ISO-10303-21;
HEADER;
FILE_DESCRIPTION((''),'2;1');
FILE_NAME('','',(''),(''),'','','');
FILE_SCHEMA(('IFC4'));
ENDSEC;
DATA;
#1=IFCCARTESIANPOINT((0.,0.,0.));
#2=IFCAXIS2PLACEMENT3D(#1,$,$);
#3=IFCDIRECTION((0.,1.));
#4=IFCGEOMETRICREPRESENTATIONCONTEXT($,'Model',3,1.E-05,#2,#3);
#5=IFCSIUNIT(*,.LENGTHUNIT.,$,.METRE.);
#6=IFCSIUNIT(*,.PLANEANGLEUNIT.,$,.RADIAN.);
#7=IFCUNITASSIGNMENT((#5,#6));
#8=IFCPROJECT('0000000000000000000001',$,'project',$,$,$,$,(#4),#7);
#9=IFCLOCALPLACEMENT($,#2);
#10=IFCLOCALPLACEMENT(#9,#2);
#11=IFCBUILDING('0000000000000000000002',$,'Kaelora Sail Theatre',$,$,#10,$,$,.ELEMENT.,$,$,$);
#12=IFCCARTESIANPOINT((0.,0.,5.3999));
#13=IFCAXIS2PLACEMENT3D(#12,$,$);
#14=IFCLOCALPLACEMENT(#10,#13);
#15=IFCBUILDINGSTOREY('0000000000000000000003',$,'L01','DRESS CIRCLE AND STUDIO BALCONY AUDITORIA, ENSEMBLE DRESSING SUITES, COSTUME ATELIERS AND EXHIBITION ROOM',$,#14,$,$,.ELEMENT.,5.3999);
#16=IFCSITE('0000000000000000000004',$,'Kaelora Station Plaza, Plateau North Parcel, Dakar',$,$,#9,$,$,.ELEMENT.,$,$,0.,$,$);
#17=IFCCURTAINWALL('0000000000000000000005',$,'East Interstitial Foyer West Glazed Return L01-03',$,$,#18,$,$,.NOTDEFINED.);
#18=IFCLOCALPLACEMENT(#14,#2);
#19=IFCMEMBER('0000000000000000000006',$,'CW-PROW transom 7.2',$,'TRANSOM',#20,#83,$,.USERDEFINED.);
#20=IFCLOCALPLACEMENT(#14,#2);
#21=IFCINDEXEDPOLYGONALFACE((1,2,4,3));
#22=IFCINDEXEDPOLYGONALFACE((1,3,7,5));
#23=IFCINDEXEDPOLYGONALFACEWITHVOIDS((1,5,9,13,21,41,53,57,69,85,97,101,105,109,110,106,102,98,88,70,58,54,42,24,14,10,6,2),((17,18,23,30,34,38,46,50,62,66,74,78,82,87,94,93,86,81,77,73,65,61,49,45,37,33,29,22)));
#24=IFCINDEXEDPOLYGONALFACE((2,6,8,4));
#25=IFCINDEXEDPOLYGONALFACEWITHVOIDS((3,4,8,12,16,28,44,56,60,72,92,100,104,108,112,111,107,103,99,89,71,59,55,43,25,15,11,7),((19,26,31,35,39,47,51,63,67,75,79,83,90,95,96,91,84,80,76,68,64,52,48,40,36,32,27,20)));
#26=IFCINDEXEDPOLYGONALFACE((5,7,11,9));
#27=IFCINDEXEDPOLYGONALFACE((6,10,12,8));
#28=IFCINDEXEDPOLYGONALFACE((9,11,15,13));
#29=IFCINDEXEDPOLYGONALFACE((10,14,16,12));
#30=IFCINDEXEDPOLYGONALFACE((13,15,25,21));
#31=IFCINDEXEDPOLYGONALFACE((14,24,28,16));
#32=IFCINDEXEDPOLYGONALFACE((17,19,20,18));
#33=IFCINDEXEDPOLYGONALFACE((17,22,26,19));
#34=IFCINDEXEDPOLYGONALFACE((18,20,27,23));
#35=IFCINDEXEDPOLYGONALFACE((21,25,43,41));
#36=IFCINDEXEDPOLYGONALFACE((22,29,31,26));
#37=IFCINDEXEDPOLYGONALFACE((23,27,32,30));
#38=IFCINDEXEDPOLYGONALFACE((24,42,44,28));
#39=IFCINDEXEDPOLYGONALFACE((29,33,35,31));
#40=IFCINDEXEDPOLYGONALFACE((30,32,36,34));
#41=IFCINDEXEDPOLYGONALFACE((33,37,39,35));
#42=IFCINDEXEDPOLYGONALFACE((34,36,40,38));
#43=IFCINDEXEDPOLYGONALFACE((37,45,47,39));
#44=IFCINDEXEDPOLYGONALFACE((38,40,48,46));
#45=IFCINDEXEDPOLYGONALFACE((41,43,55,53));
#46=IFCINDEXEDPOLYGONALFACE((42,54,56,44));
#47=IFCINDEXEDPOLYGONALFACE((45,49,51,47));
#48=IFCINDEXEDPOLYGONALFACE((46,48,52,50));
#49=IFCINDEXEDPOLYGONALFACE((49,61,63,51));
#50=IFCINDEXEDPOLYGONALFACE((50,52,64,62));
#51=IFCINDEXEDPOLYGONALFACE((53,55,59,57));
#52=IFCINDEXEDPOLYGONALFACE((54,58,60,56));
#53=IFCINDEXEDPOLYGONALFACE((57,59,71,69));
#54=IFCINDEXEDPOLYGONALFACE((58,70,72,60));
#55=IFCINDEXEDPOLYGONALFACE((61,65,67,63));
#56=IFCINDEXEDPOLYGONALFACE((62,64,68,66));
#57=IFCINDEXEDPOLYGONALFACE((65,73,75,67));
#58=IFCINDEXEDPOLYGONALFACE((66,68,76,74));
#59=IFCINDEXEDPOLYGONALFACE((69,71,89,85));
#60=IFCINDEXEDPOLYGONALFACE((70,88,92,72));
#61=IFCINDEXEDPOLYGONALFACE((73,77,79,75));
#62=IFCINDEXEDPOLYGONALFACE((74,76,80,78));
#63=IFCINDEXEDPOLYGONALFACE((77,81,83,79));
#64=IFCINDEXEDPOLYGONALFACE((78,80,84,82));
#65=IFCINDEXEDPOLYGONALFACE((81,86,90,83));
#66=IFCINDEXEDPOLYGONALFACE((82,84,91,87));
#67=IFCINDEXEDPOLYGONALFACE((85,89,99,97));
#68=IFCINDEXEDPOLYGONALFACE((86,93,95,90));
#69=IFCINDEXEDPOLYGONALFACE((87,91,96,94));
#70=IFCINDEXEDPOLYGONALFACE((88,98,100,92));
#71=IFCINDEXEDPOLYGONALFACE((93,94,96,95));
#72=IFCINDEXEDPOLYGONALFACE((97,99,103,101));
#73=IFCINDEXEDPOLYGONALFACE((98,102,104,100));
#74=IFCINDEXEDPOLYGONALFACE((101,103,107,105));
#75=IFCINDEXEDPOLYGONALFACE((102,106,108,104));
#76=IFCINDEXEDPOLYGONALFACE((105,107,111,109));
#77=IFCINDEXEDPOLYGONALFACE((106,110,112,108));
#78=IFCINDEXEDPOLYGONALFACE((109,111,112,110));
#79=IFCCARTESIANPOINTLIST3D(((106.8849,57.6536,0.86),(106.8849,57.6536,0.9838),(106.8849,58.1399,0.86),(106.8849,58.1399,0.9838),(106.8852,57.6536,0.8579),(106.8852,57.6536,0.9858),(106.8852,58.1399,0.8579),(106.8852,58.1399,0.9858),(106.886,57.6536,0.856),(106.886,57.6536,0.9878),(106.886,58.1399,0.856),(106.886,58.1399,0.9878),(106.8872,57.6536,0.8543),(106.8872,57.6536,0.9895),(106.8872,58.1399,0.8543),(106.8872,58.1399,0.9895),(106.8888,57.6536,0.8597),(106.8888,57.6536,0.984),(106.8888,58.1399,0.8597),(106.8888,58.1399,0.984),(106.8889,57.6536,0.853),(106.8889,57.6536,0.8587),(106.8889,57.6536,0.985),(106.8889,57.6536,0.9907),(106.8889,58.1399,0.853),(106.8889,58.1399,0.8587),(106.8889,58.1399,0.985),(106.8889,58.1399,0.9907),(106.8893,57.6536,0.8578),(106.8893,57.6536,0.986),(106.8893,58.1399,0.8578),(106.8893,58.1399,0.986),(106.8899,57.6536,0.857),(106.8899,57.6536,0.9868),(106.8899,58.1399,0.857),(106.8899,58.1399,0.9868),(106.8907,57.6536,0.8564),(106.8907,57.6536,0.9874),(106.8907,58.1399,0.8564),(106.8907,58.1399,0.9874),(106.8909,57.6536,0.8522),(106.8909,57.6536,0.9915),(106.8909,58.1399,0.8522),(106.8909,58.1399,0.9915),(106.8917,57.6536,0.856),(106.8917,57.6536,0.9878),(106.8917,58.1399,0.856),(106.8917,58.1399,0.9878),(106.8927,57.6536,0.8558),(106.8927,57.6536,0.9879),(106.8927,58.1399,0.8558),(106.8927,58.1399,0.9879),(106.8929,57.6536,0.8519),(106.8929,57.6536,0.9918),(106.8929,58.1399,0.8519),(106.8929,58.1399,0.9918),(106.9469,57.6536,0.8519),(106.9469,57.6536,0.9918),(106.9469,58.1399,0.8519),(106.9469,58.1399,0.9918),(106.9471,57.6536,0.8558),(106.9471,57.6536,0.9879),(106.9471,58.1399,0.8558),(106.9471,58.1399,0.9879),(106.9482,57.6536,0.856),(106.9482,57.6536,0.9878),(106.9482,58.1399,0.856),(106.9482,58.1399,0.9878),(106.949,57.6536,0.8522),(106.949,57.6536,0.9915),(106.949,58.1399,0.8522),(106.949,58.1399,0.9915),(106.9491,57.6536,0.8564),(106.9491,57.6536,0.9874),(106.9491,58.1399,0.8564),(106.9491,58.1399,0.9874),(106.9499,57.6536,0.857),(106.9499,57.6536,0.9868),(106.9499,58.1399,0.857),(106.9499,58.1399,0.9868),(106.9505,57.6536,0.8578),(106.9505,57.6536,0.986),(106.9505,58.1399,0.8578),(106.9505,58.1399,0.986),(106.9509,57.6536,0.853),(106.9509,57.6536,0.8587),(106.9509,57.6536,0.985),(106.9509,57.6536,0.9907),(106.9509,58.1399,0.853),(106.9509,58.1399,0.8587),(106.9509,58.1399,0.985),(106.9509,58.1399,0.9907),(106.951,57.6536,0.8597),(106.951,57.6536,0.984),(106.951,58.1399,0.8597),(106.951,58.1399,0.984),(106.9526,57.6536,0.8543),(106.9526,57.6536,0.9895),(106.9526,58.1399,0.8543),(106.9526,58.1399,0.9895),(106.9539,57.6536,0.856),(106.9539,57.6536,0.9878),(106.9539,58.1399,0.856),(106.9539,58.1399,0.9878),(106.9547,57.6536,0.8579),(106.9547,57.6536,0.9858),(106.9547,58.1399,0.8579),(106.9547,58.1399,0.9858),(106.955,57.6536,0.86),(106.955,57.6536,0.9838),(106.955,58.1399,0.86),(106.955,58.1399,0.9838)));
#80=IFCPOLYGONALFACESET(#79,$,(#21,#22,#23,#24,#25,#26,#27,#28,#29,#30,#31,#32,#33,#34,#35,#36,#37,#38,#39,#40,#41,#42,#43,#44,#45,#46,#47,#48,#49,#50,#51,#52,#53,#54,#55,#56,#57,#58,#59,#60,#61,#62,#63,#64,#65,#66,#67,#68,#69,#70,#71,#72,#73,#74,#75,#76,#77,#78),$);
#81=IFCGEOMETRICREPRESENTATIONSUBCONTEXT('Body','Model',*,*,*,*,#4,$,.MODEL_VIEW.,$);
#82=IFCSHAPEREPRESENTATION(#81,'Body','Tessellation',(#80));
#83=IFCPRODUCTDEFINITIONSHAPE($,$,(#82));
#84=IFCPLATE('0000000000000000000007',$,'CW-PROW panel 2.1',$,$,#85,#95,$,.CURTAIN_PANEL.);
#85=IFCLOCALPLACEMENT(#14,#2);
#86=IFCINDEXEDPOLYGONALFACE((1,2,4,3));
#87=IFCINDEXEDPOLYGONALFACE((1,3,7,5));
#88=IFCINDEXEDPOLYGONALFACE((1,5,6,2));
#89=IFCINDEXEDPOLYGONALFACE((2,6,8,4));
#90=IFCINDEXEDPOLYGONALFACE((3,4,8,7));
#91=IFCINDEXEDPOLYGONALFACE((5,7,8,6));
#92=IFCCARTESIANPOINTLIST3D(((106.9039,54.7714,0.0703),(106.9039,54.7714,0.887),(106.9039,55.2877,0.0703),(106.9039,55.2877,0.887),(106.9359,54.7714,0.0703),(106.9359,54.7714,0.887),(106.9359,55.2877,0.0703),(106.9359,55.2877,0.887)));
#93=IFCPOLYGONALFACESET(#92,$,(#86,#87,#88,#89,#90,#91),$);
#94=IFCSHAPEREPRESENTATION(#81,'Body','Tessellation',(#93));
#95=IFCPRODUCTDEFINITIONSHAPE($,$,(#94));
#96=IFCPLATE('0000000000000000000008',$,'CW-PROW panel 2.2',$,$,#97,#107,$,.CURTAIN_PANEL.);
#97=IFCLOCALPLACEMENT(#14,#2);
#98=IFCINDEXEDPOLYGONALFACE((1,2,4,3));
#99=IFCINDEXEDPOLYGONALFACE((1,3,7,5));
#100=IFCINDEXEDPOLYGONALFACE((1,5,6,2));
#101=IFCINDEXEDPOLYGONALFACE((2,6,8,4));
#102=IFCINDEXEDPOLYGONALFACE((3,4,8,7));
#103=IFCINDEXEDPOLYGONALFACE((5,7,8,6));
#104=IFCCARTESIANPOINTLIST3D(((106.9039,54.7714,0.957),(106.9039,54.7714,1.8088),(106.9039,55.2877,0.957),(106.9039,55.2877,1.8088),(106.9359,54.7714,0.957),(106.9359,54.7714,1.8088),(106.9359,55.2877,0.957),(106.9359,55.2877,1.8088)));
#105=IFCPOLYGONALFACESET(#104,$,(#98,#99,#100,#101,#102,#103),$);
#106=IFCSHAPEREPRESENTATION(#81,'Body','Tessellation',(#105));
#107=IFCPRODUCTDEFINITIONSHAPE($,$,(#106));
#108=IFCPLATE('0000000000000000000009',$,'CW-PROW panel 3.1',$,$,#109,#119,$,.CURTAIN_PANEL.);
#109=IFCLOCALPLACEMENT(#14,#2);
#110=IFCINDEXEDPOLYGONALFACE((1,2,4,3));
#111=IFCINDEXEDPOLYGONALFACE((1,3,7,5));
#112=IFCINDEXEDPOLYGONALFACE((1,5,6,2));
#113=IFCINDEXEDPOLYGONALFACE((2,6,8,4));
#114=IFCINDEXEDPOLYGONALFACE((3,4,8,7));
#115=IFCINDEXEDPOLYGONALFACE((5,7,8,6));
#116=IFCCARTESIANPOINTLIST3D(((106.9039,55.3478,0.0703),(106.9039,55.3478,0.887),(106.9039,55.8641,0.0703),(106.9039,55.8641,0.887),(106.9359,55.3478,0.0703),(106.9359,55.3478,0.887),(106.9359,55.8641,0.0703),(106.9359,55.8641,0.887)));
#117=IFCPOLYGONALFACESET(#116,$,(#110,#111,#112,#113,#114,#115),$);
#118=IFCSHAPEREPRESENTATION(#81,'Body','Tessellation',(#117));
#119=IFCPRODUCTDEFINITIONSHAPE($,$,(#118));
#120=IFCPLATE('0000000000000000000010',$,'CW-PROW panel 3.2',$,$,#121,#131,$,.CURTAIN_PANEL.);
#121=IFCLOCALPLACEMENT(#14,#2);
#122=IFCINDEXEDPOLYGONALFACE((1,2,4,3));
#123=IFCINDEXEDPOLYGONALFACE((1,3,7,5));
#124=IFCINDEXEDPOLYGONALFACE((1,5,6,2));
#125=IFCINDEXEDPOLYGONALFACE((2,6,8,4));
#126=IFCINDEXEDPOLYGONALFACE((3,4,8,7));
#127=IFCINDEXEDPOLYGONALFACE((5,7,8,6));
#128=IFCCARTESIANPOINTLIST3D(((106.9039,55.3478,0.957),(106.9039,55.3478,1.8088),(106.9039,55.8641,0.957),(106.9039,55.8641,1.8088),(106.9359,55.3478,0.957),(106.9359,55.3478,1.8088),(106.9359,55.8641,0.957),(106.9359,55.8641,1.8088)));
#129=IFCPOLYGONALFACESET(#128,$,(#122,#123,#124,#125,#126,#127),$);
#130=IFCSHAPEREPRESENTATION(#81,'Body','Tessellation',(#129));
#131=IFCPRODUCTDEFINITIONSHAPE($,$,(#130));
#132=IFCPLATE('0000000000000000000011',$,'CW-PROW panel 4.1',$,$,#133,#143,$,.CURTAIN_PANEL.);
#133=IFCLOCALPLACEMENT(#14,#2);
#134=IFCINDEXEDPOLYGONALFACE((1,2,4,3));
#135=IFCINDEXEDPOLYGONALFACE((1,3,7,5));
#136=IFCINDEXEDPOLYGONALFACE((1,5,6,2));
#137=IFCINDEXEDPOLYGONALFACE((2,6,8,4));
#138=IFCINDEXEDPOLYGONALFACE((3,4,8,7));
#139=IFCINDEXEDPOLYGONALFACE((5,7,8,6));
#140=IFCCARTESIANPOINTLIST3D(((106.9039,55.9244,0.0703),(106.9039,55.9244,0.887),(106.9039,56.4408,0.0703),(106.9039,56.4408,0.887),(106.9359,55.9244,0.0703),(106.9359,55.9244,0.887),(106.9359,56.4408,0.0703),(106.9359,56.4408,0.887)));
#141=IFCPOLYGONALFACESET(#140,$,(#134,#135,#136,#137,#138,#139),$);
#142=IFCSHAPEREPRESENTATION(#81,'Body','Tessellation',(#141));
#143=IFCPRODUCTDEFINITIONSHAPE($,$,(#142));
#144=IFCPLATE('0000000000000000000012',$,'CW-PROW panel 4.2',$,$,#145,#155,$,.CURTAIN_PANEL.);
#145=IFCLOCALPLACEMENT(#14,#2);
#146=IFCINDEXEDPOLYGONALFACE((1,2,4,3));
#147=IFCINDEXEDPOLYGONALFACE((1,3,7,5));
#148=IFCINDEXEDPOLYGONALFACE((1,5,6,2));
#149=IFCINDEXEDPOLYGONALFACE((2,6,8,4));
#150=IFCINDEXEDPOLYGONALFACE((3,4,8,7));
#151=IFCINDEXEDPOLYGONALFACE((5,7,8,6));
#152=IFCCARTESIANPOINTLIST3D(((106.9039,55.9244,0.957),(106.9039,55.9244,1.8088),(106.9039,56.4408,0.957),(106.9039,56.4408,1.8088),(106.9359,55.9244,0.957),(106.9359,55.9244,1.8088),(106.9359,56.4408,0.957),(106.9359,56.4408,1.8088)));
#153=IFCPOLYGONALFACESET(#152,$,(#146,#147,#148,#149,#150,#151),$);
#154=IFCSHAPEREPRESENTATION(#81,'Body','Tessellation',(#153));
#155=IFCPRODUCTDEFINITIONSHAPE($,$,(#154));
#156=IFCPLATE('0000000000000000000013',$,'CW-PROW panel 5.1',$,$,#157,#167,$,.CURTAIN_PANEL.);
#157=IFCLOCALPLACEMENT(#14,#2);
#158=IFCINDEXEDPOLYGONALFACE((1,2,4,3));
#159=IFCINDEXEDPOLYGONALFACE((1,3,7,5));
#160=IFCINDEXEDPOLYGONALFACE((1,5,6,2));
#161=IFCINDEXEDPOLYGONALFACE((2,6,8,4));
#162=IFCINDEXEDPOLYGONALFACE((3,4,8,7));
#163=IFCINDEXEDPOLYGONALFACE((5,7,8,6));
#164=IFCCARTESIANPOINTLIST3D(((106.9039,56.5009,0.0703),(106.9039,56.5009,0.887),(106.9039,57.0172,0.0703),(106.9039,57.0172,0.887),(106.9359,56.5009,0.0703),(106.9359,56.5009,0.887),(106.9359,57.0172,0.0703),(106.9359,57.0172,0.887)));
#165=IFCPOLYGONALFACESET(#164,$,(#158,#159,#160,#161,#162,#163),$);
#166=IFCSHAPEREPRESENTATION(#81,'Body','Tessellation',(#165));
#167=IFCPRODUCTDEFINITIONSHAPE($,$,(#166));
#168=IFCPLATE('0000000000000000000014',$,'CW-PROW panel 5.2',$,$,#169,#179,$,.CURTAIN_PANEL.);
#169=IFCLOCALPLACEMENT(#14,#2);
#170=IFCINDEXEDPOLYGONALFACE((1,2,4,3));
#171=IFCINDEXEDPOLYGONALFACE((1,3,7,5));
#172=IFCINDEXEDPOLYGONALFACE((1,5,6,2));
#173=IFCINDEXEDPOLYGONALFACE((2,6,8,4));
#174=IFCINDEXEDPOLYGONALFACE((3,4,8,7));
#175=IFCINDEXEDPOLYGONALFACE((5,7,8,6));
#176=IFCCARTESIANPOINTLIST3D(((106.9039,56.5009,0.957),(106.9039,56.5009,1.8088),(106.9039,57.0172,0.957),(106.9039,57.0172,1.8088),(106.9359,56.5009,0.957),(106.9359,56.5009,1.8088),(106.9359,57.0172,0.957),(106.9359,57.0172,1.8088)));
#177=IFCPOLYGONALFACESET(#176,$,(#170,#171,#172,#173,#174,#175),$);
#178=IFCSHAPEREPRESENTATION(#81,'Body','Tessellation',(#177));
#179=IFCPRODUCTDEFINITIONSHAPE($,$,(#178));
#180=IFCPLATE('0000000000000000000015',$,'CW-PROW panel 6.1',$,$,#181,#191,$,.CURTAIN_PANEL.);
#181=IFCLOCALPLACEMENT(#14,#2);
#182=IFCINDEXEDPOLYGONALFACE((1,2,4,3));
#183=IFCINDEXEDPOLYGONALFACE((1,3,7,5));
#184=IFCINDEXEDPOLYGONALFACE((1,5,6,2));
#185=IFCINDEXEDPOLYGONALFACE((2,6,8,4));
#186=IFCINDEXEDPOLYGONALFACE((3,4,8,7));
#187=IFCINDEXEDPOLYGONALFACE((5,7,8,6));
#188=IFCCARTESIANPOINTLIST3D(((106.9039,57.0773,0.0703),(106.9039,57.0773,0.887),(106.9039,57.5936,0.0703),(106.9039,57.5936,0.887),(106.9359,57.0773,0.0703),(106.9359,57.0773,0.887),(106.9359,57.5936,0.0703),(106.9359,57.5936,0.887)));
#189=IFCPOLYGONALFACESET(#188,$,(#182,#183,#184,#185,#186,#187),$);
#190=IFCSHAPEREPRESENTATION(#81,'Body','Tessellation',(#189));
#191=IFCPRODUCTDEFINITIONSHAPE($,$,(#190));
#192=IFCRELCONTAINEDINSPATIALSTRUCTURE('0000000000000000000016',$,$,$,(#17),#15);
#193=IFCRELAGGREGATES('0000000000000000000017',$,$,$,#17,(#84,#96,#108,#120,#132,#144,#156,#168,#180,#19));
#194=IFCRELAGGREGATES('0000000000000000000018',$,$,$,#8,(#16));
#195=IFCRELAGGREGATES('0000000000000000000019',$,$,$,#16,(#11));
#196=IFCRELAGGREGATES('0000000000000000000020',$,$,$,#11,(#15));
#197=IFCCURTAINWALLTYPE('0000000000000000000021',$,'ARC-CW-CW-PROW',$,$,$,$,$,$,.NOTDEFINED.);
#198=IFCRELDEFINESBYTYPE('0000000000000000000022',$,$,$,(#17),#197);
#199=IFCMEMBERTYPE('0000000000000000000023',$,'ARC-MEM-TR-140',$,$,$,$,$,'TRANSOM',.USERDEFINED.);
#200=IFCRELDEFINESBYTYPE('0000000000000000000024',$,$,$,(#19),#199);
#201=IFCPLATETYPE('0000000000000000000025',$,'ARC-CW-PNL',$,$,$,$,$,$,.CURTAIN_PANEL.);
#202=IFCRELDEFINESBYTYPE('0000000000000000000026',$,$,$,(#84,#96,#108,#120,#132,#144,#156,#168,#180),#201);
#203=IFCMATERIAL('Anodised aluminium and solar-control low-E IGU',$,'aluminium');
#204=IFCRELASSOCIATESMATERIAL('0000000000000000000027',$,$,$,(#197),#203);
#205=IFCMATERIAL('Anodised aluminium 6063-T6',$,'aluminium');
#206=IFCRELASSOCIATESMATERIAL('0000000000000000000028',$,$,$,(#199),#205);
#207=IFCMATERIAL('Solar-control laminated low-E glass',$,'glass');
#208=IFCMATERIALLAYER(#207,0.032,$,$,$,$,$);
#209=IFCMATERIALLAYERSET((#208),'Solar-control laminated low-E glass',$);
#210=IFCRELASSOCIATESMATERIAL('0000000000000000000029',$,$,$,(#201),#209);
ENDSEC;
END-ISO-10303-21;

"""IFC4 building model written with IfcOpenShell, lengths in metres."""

from ifc_helpers import new_model, si_unit, direction, frame, origin, origin_2d, place, context, subcontext, project, spatial, rectangle, hollow_rectangle, extrude, material, layer, layer_set, material_profile, profile_set, type_object, element, aggregate, save


model = new_model("IFC4")

# Units and contexts
model_context = context("Model", 3, precision=1e-05, world=origin(), true_north=direction((0.0, 1.0)))
body_context = subcontext(model_context, "Body", "Model", "MODEL_VIEW")
ifc_project = project(units=[si_unit("LENGTHUNIT", "METRE"), si_unit("PLANEANGLEUNIT", "RADIAN")], contexts=[model_context])

# Site, building, storey
site_placement = place(None, origin())
site = spatial("IfcSite", under=ifc_project, at=site_placement, Name="Kaelora Station Plaza, Plateau North Parcel, Dakar", CompositionType="ELEMENT", RefElevation=0.0)
building_placement = place(site_placement, origin())
building = spatial("IfcBuilding", under=site, at=building_placement, Name="Kaelora Sail Theatre", CompositionType="ELEMENT")
storey_placement = place(building_placement, frame((0.0, 0.0, 5.3999)))
storey = spatial("IfcBuildingStorey", under=building, at=storey_placement, Name="L01", Description="DRESS CIRCLE AND STUDIO BALCONY AUDITORIA, ENSEMBLE DRESSING SUITES, COSTUME ATELIERS AND EXHIBITION ROOM", CompositionType="ELEMENT", Elevation=5.3999)

# Curtain wall, member, plates
ifc_material_1 = material(Name="Anodised aluminium and solar-control low-E IGU", Category="aluminium")
curtain_wall_type = type_object("IfcCurtainWallType", Name="ARC-CW-CW-PROW", PredefinedType="NOTDEFINED", material=ifc_material_1)
curtain_wall_placement = place(storey_placement, origin())
curtain_wall = element("IfcCurtainWall", 1, at=curtain_wall_placement, inside=storey, type_object=curtain_wall_type, Name="East Interstitial Foyer West Glazed Return L01-03", PredefinedType="NOTDEFINED")
ifc_material_2 = material(Name="Anodised aluminium 6063-T6", Category="aluminium")
ifc_material_profile_1 = material_profile(ifc_material_2, hollow_rectangle(XDim=0.0701, YDim=0.1399, WallThickness=0.0039, InnerFilletRadius=0.0039, OuterFilletRadius=0.0081, at=origin_2d()), Name="ALU-TRAN 70x140x4")
ifc_profile_set_1 = profile_set([ifc_material_profile_1], Name="Anodised aluminium 6063-T6")
member_type_1 = type_object("IfcMemberType", Name="ARC-MEM-TR-140", ElementType="TRANSOM", PredefinedType="USERDEFINED", material=ifc_profile_set_1)
member_1_placement = place(storey_placement, frame((106.9199, 57.6536, 0.9219), z_axis=(0.0, 1.0, 0.0), x_axis=(-1.0, 0.0, 0.0)))
member_1 = element("IfcMember", 2, at=member_1_placement, type_object=member_type_1, Name="CW-PROW transom 7.2", ObjectType="TRANSOM", PredefinedType="USERDEFINED", context=body_context, shape_type="SweptSolid", body=[
    extrude(hollow_rectangle(XDim=0.0701, YDim=0.1399, WallThickness=0.0039, InnerFilletRadius=0.0039, OuterFilletRadius=0.0081, at=origin_2d()), origin(), (0.0, 0.0, 1.0), 0.4863),
])
ifc_material_3 = material(Name="Solar-control laminated low-E glass", Category="glass")
ifc_layer = layer(ifc_material_3, 0.032)
ifc_layer_set = layer_set([ifc_layer], Name="Solar-control laminated low-E glass")
plate_type = type_object("IfcPlateType", Name="ARC-CW-PNL", PredefinedType="CURTAIN_PANEL", material=ifc_layer_set)
plate_1_placement = place(storey_placement, frame((106.9199, 55.0295, 0.0703), z_axis=(0.0, 0.0, 1.0), x_axis=(0.0, 1.0, 0.0)))
plate_1 = element("IfcPlate", 3, at=plate_1_placement, type_object=plate_type, Name="CW-PROW panel 2.1", PredefinedType="CURTAIN_PANEL", context=body_context, shape_type="SweptSolid", body=[
    extrude(rectangle(XDim=0.5164, YDim=0.032, at=origin_2d()), origin(), (0.0, 0.0, 1.0), 0.8167),
])
plate_2_placement = place(storey_placement, frame((106.9199, 55.0295, 0.957), z_axis=(0.0, 0.0, 1.0), x_axis=(0.0, 1.0, 0.0)))
plate_2 = element("IfcPlate", 4, at=plate_2_placement, type_object=plate_type, Name="CW-PROW panel 2.2", PredefinedType="CURTAIN_PANEL", context=body_context, shape_type="SweptSolid", body=[
    extrude(rectangle(XDim=0.5164, YDim=0.032, at=origin_2d()), origin(), (0.0, 0.0, 1.0), 0.8518),
])
plate_3_placement = place(storey_placement, frame((106.9199, 55.606, 0.0703), z_axis=(0.0, 0.0, 1.0), x_axis=(0.0, 1.0, 0.0)))
plate_3 = element("IfcPlate", 5, at=plate_3_placement, type_object=plate_type, Name="CW-PROW panel 3.1", PredefinedType="CURTAIN_PANEL", context=body_context, shape_type="SweptSolid", body=[
    extrude(rectangle(XDim=0.5164, YDim=0.032, at=origin_2d()), origin(), (0.0, 0.0, 1.0), 0.8167),
])
plate_4_placement = place(storey_placement, frame((106.9199, 55.606, 0.957), z_axis=(0.0, 0.0, 1.0), x_axis=(0.0, 1.0, 0.0)))
plate_4 = element("IfcPlate", 6, at=plate_4_placement, type_object=plate_type, Name="CW-PROW panel 3.2", PredefinedType="CURTAIN_PANEL", context=body_context, shape_type="SweptSolid", body=[
    extrude(rectangle(XDim=0.5164, YDim=0.032, at=origin_2d()), origin(), (0.0, 0.0, 1.0), 0.8518),
])
plate_5_placement = place(storey_placement, frame((106.9199, 56.1826, 0.0703), z_axis=(0.0, 0.0, 1.0), x_axis=(0.0, 1.0, 0.0)))
plate_5 = element("IfcPlate", 7, at=plate_5_placement, type_object=plate_type, Name="CW-PROW panel 4.1", PredefinedType="CURTAIN_PANEL", context=body_context, shape_type="SweptSolid", body=[
    extrude(rectangle(XDim=0.5164, YDim=0.032, at=origin_2d()), origin(), (0.0, 0.0, 1.0), 0.8167),
])
plate_6_placement = place(storey_placement, frame((106.9199, 56.1826, 0.957), z_axis=(0.0, 0.0, 1.0), x_axis=(0.0, 1.0, 0.0)))
plate_6 = element("IfcPlate", 8, at=plate_6_placement, type_object=plate_type, Name="CW-PROW panel 4.2", PredefinedType="CURTAIN_PANEL", context=body_context, shape_type="SweptSolid", body=[
    extrude(rectangle(XDim=0.5164, YDim=0.032, at=origin_2d()), origin(), (0.0, 0.0, 1.0), 0.8518),
])
plate_7_placement = place(storey_placement, frame((106.9199, 56.759, 0.0703), z_axis=(0.0, 0.0, 1.0), x_axis=(0.0, 1.0, 0.0)))
plate_7 = element("IfcPlate", 9, at=plate_7_placement, type_object=plate_type, Name="CW-PROW panel 5.1", PredefinedType="CURTAIN_PANEL", context=body_context, shape_type="SweptSolid", body=[
    extrude(rectangle(XDim=0.5164, YDim=0.032, at=origin_2d()), origin(), (0.0, 0.0, 1.0), 0.8167),
])
plate_8_placement = place(storey_placement, frame((106.9199, 56.759, 0.957), z_axis=(0.0, 0.0, 1.0), x_axis=(0.0, 1.0, 0.0)))
plate_8 = element("IfcPlate", 10, at=plate_8_placement, type_object=plate_type, Name="CW-PROW panel 5.2", PredefinedType="CURTAIN_PANEL", context=body_context, shape_type="SweptSolid", body=[
    extrude(rectangle(XDim=0.5164, YDim=0.032, at=origin_2d()), origin(), (0.0, 0.0, 1.0), 0.8518),
])
plate_9_placement = place(storey_placement, frame((106.9199, 57.3354, 0.0703), z_axis=(0.0, 0.0, 1.0), x_axis=(0.0, 1.0, 0.0)))
plate_9 = element("IfcPlate", 11, at=plate_9_placement, type_object=plate_type, Name="CW-PROW panel 6.1", PredefinedType="CURTAIN_PANEL", context=body_context, shape_type="SweptSolid", body=[
    extrude(rectangle(XDim=0.5164, YDim=0.032, at=origin_2d()), origin(), (0.0, 0.0, 1.0), 0.8167),
])
aggregate(curtain_wall, [plate_1, plate_2, plate_3, plate_4, plate_5, plate_6, plate_7, plate_8, plate_9, member_1])

save(model, "model.ifc")
